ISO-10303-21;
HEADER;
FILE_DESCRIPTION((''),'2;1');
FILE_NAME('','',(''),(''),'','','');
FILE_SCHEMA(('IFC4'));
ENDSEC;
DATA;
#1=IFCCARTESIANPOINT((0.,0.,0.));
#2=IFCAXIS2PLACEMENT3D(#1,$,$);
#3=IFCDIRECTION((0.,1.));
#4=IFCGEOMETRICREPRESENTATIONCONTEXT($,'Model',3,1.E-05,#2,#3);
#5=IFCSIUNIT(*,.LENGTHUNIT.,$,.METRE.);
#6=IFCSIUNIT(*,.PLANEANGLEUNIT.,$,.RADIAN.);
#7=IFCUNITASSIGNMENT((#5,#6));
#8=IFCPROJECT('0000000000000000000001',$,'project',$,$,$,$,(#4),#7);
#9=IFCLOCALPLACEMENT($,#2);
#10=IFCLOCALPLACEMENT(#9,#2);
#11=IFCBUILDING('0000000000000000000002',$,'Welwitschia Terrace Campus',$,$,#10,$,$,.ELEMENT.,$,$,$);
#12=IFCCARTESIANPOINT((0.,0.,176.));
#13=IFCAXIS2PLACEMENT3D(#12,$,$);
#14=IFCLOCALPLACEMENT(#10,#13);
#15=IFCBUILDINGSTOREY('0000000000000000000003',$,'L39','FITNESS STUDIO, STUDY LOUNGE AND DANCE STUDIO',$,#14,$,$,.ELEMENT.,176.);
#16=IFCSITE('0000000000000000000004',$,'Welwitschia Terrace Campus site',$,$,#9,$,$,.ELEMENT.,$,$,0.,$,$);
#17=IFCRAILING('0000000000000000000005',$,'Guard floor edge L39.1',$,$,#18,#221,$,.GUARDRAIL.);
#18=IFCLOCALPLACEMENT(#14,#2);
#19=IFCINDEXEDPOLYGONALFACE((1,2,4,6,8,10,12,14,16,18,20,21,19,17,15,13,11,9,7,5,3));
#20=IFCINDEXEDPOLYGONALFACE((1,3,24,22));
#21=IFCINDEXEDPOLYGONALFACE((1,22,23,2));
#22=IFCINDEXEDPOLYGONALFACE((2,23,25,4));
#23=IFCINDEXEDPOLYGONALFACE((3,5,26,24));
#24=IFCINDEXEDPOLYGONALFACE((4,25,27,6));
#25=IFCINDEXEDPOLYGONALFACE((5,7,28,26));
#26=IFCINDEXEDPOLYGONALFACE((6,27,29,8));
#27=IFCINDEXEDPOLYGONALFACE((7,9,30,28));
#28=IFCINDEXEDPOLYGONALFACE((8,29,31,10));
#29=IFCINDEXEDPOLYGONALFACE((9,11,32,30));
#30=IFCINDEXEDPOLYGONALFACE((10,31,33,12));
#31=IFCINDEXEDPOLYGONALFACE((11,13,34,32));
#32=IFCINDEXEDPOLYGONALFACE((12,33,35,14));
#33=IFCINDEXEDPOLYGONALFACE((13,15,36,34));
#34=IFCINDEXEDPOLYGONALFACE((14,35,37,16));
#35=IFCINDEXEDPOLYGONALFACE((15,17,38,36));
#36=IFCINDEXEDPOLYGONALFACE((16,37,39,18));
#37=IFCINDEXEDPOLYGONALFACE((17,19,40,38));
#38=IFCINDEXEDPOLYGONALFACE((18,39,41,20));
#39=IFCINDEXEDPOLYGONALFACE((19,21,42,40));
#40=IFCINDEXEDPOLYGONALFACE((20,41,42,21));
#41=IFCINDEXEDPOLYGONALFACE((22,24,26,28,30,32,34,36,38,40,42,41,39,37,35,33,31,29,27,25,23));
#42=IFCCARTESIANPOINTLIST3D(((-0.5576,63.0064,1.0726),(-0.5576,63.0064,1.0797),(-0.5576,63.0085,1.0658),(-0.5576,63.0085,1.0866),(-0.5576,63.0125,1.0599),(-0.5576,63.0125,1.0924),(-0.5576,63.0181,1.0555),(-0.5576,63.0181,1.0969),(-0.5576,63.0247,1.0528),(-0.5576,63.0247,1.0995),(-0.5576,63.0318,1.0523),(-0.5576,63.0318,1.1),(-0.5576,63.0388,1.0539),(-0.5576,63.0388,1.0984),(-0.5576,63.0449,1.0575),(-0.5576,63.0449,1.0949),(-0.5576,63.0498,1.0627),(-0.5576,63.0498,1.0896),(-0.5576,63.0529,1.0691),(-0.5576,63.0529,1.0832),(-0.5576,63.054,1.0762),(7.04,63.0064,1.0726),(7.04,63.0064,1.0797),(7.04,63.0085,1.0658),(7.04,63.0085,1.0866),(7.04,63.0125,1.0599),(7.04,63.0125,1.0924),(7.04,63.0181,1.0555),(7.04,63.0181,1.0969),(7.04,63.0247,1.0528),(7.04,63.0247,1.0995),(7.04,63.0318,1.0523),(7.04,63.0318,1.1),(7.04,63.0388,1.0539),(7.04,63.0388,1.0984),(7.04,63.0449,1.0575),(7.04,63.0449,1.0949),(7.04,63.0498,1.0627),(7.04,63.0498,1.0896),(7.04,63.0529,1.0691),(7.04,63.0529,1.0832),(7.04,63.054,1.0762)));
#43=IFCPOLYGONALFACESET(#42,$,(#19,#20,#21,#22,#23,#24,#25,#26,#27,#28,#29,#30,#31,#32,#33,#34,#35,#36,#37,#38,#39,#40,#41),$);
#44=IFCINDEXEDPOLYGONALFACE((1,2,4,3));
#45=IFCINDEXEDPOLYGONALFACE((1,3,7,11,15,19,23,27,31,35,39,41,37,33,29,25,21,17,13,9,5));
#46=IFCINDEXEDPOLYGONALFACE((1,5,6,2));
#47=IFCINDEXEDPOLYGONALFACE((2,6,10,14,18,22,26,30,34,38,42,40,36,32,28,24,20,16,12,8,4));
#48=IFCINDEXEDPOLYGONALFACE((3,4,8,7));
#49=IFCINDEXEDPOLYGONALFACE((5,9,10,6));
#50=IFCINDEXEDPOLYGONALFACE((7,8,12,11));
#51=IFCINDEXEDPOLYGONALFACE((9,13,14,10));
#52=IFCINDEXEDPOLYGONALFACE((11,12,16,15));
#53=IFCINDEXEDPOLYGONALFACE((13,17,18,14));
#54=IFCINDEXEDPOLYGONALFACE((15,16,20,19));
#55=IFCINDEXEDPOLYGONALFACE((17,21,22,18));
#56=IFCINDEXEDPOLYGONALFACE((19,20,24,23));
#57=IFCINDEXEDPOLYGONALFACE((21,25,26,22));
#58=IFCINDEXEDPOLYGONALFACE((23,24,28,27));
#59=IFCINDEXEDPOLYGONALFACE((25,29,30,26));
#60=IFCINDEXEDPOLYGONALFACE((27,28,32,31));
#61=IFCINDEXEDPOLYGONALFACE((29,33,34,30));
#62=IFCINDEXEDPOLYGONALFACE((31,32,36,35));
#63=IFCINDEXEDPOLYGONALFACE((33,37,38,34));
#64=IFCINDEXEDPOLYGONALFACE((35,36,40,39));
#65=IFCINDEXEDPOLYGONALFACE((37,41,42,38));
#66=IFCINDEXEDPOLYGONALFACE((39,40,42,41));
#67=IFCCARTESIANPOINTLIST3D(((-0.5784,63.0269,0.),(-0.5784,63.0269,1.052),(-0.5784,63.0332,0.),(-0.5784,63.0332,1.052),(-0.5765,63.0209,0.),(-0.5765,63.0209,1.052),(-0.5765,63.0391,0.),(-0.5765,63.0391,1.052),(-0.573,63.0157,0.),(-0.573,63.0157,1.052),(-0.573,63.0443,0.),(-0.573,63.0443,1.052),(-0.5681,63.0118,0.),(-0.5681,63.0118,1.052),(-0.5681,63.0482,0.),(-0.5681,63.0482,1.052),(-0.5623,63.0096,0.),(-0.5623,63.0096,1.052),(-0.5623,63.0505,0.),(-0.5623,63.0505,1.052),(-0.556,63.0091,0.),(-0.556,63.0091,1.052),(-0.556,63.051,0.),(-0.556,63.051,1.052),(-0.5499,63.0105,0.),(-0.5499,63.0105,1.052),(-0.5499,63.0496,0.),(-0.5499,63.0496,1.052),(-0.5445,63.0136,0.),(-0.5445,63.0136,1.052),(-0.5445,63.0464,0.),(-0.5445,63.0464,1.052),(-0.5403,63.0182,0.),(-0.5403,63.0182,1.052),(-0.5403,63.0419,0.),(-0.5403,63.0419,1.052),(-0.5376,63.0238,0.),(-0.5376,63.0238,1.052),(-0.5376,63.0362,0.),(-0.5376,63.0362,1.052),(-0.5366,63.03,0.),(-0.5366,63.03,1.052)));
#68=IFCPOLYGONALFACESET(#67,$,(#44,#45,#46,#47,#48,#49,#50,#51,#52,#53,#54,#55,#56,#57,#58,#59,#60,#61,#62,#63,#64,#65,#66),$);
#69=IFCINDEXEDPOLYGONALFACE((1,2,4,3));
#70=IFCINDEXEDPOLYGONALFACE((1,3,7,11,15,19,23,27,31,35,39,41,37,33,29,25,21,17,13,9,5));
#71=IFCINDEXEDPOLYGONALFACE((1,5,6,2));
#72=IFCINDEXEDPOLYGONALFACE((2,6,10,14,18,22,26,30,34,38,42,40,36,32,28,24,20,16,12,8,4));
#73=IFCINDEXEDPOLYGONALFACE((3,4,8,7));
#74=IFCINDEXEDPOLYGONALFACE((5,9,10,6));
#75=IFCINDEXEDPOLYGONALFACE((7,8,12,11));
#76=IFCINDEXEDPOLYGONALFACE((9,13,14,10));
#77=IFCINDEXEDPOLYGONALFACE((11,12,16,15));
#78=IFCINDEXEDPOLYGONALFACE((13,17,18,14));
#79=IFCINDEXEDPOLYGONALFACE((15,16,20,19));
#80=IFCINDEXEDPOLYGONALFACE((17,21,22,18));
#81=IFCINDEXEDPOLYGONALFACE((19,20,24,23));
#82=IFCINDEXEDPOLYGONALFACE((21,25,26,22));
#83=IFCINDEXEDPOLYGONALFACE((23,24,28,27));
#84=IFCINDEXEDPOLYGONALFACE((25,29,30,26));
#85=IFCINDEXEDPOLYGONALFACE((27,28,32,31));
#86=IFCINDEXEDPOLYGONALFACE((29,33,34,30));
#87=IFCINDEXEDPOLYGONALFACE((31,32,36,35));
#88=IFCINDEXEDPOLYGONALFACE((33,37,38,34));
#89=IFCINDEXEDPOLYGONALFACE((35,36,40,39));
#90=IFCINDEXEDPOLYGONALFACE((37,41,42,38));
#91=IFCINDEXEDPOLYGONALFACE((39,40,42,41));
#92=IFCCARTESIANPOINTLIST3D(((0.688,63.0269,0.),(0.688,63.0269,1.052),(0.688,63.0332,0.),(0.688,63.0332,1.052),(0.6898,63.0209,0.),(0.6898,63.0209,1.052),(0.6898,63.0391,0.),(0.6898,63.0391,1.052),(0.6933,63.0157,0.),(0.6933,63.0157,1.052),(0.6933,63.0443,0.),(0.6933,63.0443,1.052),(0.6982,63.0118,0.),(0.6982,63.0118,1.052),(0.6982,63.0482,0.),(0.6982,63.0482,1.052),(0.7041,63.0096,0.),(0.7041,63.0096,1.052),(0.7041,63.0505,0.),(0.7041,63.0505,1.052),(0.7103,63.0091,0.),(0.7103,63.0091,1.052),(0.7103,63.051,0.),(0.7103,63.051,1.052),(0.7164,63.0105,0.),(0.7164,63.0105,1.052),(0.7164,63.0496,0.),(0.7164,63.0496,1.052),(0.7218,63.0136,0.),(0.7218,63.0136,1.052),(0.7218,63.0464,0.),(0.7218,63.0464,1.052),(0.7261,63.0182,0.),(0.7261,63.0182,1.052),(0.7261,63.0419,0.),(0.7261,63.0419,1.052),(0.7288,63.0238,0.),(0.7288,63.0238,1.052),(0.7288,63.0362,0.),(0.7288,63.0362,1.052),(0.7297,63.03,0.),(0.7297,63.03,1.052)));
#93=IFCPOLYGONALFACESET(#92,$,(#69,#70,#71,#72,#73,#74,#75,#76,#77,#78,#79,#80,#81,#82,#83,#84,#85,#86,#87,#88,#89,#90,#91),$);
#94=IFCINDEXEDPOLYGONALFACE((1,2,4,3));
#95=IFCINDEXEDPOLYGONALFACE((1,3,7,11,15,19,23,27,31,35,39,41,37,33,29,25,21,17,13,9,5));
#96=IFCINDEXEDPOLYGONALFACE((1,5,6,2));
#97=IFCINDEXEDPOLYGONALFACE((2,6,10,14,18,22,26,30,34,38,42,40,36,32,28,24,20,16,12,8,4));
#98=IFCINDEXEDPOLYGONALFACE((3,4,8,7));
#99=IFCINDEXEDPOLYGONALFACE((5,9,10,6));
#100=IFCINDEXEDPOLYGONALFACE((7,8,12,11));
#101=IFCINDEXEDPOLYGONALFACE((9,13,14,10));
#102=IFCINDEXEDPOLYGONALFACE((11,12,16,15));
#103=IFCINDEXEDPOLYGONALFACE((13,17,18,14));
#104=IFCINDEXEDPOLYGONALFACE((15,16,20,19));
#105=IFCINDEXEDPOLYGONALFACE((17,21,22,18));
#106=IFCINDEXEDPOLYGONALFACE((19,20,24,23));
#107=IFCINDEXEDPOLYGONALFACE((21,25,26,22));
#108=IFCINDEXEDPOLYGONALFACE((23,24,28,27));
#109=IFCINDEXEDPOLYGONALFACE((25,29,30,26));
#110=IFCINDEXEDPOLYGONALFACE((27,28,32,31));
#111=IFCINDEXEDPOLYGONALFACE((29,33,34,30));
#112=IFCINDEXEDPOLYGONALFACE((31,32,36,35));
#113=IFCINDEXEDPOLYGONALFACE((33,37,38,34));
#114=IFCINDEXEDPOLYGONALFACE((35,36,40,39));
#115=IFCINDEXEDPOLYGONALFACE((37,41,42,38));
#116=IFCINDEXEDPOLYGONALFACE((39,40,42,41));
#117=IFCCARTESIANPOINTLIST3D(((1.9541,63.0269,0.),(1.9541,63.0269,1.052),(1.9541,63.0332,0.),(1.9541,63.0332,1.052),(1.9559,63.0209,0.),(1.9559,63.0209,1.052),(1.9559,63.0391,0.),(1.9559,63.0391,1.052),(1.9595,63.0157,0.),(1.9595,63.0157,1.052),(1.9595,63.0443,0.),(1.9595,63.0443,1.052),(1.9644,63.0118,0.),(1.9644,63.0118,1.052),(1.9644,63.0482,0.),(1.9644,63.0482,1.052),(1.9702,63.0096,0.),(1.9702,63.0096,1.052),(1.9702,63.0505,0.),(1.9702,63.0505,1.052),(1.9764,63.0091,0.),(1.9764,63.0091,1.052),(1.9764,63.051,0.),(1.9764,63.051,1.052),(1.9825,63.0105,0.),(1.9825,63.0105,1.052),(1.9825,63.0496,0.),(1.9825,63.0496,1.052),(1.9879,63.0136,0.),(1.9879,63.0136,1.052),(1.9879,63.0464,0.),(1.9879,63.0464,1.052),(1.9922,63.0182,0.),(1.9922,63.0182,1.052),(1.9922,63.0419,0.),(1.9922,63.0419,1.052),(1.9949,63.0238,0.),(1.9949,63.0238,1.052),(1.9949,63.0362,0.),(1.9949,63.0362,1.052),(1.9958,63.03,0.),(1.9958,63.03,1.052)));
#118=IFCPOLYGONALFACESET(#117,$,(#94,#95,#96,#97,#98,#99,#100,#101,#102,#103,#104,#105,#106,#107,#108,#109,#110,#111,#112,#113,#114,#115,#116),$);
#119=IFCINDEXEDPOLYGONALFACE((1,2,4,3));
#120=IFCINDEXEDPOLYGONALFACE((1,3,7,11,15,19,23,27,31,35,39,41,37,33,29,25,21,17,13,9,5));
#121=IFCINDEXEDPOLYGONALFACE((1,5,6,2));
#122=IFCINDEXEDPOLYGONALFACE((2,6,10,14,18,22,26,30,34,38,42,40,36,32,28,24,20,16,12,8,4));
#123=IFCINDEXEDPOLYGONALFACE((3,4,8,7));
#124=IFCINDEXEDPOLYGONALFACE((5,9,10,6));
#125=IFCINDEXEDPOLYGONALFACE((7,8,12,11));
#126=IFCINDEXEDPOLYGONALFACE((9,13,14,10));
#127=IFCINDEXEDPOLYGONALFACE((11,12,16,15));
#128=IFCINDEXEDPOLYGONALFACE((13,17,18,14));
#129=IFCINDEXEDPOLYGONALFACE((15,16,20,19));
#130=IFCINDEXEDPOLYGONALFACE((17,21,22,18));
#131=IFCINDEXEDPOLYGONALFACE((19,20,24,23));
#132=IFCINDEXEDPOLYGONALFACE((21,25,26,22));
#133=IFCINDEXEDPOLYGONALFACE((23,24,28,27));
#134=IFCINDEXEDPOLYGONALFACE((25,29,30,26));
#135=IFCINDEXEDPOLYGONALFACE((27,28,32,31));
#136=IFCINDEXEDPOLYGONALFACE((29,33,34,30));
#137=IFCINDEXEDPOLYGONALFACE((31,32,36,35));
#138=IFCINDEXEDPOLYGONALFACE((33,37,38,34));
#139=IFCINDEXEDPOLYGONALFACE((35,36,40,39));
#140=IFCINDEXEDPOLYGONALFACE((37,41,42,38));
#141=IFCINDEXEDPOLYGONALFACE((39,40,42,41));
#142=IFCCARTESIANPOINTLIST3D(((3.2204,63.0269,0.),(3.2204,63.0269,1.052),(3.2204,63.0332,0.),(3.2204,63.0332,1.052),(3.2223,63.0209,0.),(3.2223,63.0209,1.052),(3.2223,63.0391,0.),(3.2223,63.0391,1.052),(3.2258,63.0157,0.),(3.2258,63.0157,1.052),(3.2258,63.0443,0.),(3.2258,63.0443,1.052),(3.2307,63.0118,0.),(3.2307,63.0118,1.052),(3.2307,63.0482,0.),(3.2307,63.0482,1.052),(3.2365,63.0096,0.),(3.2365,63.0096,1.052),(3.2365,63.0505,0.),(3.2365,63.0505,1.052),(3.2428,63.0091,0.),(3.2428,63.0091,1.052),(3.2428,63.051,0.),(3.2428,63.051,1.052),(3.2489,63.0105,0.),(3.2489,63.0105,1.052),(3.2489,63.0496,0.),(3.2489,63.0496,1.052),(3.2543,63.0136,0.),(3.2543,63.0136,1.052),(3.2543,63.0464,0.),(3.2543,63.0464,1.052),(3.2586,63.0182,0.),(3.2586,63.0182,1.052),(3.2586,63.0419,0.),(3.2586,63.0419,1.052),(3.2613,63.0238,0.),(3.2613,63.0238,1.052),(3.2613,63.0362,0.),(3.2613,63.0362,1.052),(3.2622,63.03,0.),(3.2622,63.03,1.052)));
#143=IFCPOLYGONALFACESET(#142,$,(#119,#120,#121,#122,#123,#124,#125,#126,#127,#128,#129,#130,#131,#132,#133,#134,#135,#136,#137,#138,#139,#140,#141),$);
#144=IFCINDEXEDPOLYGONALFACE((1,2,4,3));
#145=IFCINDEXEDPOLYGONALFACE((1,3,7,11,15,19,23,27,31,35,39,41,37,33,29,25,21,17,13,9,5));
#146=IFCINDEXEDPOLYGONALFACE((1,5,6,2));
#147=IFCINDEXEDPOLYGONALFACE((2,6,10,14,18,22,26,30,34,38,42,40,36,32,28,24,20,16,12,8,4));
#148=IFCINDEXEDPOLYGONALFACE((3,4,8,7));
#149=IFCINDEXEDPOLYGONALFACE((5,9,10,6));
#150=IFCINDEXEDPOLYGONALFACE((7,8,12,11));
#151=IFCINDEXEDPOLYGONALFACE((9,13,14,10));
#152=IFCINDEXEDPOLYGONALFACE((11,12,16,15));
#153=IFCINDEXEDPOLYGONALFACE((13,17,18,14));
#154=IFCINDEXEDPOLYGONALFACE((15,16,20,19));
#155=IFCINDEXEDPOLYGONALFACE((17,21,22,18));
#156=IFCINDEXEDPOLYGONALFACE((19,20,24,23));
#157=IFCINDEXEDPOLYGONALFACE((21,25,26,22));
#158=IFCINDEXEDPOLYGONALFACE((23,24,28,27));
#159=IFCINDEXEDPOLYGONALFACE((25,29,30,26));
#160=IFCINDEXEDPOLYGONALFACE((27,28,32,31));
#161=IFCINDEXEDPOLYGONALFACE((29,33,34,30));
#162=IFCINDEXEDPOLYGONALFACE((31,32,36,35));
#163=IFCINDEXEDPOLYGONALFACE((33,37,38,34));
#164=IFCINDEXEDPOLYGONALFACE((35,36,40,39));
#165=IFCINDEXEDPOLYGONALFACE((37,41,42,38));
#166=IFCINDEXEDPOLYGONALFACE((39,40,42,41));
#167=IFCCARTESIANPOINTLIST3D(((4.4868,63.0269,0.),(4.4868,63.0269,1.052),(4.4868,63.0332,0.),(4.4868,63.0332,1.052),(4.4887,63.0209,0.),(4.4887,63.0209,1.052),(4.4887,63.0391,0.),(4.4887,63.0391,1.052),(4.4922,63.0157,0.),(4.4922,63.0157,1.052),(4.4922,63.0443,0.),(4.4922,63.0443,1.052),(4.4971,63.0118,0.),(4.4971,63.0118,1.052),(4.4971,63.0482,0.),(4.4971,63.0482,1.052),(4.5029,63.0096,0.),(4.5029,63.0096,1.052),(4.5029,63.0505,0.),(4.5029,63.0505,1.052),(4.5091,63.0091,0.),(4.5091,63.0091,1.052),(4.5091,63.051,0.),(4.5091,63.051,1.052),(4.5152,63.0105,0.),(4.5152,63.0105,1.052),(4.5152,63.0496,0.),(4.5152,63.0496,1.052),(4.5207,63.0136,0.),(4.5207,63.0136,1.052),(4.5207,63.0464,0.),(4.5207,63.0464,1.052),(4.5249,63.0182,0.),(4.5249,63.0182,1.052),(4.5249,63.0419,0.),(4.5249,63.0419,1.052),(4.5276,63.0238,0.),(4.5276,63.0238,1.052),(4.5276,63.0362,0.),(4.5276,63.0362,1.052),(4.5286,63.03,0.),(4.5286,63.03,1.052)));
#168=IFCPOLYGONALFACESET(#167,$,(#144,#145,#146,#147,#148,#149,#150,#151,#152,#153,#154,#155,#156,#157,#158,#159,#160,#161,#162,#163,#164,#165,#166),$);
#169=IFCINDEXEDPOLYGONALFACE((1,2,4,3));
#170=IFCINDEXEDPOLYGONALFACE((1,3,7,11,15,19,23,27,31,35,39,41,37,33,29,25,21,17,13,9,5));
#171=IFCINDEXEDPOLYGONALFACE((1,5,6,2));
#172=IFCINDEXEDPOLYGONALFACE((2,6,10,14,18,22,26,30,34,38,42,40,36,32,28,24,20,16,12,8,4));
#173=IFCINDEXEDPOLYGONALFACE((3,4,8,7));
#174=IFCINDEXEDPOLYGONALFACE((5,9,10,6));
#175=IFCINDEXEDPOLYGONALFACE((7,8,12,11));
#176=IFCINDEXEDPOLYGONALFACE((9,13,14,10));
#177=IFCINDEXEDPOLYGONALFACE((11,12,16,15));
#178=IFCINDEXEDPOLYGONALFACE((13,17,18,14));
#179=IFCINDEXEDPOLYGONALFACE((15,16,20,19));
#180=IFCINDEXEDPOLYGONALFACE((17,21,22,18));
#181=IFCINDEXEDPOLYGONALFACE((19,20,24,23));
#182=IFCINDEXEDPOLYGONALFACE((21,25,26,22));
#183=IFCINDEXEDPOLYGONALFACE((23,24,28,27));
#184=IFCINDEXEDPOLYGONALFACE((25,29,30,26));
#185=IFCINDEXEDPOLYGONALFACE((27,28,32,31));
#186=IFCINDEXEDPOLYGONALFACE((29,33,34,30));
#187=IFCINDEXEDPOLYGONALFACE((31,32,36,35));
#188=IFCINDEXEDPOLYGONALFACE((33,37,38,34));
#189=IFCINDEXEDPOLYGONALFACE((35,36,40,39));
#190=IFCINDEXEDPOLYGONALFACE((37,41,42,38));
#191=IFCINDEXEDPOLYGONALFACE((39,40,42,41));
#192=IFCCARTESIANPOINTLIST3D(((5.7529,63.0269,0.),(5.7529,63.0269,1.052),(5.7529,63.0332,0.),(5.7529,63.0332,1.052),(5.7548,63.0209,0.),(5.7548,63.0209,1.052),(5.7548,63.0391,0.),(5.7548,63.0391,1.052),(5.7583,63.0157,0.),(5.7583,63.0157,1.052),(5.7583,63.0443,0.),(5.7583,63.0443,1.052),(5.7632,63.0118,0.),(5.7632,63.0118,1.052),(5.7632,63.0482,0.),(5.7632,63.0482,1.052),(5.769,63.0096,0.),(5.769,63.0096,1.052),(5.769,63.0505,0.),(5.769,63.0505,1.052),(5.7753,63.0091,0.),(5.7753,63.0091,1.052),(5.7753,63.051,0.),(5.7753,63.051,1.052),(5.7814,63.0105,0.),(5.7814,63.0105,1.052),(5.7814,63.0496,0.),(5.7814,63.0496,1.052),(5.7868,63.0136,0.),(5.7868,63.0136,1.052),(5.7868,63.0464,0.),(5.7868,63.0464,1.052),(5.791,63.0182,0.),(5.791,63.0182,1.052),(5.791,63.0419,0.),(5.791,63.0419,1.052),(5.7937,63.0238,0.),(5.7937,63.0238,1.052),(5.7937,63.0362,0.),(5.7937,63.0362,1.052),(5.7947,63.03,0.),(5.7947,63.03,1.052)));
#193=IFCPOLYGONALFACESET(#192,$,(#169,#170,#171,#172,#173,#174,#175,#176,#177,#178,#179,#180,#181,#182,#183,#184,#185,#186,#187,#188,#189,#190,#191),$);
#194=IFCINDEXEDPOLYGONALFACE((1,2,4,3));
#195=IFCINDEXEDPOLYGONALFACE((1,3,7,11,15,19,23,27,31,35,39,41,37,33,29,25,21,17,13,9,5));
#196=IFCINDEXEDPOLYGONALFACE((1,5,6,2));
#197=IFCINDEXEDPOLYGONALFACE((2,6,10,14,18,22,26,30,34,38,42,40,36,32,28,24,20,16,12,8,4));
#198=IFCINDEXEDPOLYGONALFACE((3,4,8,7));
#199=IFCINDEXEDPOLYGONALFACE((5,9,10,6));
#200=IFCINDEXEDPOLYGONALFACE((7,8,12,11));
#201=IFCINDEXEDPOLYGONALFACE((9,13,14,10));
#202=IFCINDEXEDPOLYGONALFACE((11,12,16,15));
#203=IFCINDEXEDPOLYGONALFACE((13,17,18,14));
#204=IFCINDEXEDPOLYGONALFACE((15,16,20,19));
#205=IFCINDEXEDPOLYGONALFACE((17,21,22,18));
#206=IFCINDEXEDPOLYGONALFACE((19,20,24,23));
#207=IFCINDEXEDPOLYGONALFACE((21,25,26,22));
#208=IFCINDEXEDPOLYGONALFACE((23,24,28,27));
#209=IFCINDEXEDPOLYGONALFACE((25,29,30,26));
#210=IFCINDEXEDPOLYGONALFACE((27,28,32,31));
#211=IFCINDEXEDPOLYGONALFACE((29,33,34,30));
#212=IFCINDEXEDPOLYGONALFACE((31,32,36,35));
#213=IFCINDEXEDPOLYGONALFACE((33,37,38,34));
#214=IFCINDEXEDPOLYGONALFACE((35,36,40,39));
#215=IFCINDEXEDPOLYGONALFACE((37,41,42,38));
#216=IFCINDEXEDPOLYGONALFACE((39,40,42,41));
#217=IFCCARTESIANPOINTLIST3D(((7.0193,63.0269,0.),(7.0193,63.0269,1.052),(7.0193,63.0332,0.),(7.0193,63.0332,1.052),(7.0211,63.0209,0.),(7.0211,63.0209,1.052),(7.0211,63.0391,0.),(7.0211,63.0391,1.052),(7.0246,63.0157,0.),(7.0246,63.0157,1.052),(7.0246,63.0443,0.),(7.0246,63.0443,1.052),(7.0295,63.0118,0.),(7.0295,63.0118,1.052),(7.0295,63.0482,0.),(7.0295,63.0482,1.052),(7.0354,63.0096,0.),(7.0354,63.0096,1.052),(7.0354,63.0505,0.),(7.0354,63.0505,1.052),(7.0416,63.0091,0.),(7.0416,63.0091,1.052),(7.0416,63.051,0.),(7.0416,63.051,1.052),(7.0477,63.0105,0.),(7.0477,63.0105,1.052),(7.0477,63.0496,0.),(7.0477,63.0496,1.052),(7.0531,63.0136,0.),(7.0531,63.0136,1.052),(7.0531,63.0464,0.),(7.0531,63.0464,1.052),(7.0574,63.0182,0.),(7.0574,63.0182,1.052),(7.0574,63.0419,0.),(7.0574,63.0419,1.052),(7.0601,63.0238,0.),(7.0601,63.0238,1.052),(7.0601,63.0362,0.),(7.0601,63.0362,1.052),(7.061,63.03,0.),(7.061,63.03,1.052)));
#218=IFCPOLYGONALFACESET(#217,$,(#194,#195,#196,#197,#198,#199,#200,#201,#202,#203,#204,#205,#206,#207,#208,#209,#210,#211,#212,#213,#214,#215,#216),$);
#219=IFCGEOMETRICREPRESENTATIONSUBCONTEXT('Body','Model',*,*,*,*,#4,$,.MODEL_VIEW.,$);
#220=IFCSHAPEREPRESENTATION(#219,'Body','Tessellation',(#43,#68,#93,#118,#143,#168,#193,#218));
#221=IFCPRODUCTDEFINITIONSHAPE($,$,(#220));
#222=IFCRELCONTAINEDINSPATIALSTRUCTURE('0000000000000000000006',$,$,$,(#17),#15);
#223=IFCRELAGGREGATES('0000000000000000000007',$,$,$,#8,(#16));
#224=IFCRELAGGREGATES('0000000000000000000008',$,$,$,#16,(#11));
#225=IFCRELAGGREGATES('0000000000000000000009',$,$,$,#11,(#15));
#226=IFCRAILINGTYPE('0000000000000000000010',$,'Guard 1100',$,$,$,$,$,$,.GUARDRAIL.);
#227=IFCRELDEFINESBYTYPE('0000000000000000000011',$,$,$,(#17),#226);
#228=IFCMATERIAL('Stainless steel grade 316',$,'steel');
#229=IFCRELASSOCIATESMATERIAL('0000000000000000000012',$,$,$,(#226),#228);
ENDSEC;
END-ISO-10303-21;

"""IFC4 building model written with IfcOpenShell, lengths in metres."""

from ifc_helpers import new_model, si_unit, direction, frame, origin, origin_2d, place, context, subcontext, project, spatial, circle, extrude, material, type_object, element, save


model = new_model("IFC4")

# Units and contexts
model_context = context("Model", 3, precision=1e-05, world=origin(), true_north=direction((0.0, 1.0)))
body_context = subcontext(model_context, "Body", "Model", "MODEL_VIEW")
ifc_project = project(units=[si_unit("LENGTHUNIT", "METRE"), si_unit("PLANEANGLEUNIT", "RADIAN")], contexts=[model_context])

# Site, building, storey
site_placement = place(None, origin())
site = spatial("IfcSite", under=ifc_project, at=site_placement, Name="Welwitschia Terrace Campus site", CompositionType="ELEMENT", RefElevation=0.0)
building_placement = place(site_placement, origin())
building = spatial("IfcBuilding", under=site, at=building_placement, Name="Welwitschia Terrace Campus", CompositionType="ELEMENT")
storey_placement = place(building_placement, frame((0.0, 0.0, 176.0)))
storey = spatial("IfcBuildingStorey", under=building, at=storey_placement, Name="L39", Description="FITNESS STUDIO, STUDY LOUNGE AND DANCE STUDIO", CompositionType="ELEMENT", Elevation=176.0)

# Railing
ifc_material_1 = material(Name="Stainless steel grade 316", Category="steel")
railing_type = type_object("IfcRailingType", Name="Guard 1100", PredefinedType="GUARDRAIL", material=ifc_material_1)
railing_1_placement = place(storey_placement, frame((-0.5576, 63.03, 0.0)))
element("IfcRailing", 1, at=railing_1_placement, inside=storey, type_object=railing_type, Name="Guard floor edge L39.1", PredefinedType="GUARDRAIL", context=body_context, shape_type="SweptSolid", body=[
    extrude(circle(Radius=0.0239, at=origin_2d()), frame((0.0, 0.0, 1.0762), z_axis=(1.0, 0.0, 0.0), x_axis=(0.0, 1.0, 0.0)), (0.0, 0.0, 1.0), 7.5977),
    extrude(circle(Radius=0.021, at=origin_2d()), origin(), (0.0, 0.0, 1.0), 1.052),
    extrude(circle(Radius=0.021, at=origin_2d()), frame((1.2664, 0.0, 0.0)), (0.0, 0.0, 1.0), 1.052),
    extrude(circle(Radius=0.021, at=origin_2d()), frame((2.5325, 0.0, 0.0)), (0.0, 0.0, 1.0), 1.052),
    extrude(circle(Radius=0.021, at=origin_2d()), frame((3.7988, 0.0, 0.0)), (0.0, 0.0, 1.0), 1.052),
    extrude(circle(Radius=0.021, at=origin_2d()), frame((5.0652, 0.0, 0.0)), (0.0, 0.0, 1.0), 1.052),
    extrude(circle(Radius=0.021, at=origin_2d()), frame((6.3313, 0.0, 0.0)), (0.0, 0.0, 1.0), 1.052),
    extrude(circle(Radius=0.021, at=origin_2d()), frame((7.5977, 0.0, 0.0)), (0.0, 0.0, 1.0), 1.052),
])

save(model, "model.ifc")
